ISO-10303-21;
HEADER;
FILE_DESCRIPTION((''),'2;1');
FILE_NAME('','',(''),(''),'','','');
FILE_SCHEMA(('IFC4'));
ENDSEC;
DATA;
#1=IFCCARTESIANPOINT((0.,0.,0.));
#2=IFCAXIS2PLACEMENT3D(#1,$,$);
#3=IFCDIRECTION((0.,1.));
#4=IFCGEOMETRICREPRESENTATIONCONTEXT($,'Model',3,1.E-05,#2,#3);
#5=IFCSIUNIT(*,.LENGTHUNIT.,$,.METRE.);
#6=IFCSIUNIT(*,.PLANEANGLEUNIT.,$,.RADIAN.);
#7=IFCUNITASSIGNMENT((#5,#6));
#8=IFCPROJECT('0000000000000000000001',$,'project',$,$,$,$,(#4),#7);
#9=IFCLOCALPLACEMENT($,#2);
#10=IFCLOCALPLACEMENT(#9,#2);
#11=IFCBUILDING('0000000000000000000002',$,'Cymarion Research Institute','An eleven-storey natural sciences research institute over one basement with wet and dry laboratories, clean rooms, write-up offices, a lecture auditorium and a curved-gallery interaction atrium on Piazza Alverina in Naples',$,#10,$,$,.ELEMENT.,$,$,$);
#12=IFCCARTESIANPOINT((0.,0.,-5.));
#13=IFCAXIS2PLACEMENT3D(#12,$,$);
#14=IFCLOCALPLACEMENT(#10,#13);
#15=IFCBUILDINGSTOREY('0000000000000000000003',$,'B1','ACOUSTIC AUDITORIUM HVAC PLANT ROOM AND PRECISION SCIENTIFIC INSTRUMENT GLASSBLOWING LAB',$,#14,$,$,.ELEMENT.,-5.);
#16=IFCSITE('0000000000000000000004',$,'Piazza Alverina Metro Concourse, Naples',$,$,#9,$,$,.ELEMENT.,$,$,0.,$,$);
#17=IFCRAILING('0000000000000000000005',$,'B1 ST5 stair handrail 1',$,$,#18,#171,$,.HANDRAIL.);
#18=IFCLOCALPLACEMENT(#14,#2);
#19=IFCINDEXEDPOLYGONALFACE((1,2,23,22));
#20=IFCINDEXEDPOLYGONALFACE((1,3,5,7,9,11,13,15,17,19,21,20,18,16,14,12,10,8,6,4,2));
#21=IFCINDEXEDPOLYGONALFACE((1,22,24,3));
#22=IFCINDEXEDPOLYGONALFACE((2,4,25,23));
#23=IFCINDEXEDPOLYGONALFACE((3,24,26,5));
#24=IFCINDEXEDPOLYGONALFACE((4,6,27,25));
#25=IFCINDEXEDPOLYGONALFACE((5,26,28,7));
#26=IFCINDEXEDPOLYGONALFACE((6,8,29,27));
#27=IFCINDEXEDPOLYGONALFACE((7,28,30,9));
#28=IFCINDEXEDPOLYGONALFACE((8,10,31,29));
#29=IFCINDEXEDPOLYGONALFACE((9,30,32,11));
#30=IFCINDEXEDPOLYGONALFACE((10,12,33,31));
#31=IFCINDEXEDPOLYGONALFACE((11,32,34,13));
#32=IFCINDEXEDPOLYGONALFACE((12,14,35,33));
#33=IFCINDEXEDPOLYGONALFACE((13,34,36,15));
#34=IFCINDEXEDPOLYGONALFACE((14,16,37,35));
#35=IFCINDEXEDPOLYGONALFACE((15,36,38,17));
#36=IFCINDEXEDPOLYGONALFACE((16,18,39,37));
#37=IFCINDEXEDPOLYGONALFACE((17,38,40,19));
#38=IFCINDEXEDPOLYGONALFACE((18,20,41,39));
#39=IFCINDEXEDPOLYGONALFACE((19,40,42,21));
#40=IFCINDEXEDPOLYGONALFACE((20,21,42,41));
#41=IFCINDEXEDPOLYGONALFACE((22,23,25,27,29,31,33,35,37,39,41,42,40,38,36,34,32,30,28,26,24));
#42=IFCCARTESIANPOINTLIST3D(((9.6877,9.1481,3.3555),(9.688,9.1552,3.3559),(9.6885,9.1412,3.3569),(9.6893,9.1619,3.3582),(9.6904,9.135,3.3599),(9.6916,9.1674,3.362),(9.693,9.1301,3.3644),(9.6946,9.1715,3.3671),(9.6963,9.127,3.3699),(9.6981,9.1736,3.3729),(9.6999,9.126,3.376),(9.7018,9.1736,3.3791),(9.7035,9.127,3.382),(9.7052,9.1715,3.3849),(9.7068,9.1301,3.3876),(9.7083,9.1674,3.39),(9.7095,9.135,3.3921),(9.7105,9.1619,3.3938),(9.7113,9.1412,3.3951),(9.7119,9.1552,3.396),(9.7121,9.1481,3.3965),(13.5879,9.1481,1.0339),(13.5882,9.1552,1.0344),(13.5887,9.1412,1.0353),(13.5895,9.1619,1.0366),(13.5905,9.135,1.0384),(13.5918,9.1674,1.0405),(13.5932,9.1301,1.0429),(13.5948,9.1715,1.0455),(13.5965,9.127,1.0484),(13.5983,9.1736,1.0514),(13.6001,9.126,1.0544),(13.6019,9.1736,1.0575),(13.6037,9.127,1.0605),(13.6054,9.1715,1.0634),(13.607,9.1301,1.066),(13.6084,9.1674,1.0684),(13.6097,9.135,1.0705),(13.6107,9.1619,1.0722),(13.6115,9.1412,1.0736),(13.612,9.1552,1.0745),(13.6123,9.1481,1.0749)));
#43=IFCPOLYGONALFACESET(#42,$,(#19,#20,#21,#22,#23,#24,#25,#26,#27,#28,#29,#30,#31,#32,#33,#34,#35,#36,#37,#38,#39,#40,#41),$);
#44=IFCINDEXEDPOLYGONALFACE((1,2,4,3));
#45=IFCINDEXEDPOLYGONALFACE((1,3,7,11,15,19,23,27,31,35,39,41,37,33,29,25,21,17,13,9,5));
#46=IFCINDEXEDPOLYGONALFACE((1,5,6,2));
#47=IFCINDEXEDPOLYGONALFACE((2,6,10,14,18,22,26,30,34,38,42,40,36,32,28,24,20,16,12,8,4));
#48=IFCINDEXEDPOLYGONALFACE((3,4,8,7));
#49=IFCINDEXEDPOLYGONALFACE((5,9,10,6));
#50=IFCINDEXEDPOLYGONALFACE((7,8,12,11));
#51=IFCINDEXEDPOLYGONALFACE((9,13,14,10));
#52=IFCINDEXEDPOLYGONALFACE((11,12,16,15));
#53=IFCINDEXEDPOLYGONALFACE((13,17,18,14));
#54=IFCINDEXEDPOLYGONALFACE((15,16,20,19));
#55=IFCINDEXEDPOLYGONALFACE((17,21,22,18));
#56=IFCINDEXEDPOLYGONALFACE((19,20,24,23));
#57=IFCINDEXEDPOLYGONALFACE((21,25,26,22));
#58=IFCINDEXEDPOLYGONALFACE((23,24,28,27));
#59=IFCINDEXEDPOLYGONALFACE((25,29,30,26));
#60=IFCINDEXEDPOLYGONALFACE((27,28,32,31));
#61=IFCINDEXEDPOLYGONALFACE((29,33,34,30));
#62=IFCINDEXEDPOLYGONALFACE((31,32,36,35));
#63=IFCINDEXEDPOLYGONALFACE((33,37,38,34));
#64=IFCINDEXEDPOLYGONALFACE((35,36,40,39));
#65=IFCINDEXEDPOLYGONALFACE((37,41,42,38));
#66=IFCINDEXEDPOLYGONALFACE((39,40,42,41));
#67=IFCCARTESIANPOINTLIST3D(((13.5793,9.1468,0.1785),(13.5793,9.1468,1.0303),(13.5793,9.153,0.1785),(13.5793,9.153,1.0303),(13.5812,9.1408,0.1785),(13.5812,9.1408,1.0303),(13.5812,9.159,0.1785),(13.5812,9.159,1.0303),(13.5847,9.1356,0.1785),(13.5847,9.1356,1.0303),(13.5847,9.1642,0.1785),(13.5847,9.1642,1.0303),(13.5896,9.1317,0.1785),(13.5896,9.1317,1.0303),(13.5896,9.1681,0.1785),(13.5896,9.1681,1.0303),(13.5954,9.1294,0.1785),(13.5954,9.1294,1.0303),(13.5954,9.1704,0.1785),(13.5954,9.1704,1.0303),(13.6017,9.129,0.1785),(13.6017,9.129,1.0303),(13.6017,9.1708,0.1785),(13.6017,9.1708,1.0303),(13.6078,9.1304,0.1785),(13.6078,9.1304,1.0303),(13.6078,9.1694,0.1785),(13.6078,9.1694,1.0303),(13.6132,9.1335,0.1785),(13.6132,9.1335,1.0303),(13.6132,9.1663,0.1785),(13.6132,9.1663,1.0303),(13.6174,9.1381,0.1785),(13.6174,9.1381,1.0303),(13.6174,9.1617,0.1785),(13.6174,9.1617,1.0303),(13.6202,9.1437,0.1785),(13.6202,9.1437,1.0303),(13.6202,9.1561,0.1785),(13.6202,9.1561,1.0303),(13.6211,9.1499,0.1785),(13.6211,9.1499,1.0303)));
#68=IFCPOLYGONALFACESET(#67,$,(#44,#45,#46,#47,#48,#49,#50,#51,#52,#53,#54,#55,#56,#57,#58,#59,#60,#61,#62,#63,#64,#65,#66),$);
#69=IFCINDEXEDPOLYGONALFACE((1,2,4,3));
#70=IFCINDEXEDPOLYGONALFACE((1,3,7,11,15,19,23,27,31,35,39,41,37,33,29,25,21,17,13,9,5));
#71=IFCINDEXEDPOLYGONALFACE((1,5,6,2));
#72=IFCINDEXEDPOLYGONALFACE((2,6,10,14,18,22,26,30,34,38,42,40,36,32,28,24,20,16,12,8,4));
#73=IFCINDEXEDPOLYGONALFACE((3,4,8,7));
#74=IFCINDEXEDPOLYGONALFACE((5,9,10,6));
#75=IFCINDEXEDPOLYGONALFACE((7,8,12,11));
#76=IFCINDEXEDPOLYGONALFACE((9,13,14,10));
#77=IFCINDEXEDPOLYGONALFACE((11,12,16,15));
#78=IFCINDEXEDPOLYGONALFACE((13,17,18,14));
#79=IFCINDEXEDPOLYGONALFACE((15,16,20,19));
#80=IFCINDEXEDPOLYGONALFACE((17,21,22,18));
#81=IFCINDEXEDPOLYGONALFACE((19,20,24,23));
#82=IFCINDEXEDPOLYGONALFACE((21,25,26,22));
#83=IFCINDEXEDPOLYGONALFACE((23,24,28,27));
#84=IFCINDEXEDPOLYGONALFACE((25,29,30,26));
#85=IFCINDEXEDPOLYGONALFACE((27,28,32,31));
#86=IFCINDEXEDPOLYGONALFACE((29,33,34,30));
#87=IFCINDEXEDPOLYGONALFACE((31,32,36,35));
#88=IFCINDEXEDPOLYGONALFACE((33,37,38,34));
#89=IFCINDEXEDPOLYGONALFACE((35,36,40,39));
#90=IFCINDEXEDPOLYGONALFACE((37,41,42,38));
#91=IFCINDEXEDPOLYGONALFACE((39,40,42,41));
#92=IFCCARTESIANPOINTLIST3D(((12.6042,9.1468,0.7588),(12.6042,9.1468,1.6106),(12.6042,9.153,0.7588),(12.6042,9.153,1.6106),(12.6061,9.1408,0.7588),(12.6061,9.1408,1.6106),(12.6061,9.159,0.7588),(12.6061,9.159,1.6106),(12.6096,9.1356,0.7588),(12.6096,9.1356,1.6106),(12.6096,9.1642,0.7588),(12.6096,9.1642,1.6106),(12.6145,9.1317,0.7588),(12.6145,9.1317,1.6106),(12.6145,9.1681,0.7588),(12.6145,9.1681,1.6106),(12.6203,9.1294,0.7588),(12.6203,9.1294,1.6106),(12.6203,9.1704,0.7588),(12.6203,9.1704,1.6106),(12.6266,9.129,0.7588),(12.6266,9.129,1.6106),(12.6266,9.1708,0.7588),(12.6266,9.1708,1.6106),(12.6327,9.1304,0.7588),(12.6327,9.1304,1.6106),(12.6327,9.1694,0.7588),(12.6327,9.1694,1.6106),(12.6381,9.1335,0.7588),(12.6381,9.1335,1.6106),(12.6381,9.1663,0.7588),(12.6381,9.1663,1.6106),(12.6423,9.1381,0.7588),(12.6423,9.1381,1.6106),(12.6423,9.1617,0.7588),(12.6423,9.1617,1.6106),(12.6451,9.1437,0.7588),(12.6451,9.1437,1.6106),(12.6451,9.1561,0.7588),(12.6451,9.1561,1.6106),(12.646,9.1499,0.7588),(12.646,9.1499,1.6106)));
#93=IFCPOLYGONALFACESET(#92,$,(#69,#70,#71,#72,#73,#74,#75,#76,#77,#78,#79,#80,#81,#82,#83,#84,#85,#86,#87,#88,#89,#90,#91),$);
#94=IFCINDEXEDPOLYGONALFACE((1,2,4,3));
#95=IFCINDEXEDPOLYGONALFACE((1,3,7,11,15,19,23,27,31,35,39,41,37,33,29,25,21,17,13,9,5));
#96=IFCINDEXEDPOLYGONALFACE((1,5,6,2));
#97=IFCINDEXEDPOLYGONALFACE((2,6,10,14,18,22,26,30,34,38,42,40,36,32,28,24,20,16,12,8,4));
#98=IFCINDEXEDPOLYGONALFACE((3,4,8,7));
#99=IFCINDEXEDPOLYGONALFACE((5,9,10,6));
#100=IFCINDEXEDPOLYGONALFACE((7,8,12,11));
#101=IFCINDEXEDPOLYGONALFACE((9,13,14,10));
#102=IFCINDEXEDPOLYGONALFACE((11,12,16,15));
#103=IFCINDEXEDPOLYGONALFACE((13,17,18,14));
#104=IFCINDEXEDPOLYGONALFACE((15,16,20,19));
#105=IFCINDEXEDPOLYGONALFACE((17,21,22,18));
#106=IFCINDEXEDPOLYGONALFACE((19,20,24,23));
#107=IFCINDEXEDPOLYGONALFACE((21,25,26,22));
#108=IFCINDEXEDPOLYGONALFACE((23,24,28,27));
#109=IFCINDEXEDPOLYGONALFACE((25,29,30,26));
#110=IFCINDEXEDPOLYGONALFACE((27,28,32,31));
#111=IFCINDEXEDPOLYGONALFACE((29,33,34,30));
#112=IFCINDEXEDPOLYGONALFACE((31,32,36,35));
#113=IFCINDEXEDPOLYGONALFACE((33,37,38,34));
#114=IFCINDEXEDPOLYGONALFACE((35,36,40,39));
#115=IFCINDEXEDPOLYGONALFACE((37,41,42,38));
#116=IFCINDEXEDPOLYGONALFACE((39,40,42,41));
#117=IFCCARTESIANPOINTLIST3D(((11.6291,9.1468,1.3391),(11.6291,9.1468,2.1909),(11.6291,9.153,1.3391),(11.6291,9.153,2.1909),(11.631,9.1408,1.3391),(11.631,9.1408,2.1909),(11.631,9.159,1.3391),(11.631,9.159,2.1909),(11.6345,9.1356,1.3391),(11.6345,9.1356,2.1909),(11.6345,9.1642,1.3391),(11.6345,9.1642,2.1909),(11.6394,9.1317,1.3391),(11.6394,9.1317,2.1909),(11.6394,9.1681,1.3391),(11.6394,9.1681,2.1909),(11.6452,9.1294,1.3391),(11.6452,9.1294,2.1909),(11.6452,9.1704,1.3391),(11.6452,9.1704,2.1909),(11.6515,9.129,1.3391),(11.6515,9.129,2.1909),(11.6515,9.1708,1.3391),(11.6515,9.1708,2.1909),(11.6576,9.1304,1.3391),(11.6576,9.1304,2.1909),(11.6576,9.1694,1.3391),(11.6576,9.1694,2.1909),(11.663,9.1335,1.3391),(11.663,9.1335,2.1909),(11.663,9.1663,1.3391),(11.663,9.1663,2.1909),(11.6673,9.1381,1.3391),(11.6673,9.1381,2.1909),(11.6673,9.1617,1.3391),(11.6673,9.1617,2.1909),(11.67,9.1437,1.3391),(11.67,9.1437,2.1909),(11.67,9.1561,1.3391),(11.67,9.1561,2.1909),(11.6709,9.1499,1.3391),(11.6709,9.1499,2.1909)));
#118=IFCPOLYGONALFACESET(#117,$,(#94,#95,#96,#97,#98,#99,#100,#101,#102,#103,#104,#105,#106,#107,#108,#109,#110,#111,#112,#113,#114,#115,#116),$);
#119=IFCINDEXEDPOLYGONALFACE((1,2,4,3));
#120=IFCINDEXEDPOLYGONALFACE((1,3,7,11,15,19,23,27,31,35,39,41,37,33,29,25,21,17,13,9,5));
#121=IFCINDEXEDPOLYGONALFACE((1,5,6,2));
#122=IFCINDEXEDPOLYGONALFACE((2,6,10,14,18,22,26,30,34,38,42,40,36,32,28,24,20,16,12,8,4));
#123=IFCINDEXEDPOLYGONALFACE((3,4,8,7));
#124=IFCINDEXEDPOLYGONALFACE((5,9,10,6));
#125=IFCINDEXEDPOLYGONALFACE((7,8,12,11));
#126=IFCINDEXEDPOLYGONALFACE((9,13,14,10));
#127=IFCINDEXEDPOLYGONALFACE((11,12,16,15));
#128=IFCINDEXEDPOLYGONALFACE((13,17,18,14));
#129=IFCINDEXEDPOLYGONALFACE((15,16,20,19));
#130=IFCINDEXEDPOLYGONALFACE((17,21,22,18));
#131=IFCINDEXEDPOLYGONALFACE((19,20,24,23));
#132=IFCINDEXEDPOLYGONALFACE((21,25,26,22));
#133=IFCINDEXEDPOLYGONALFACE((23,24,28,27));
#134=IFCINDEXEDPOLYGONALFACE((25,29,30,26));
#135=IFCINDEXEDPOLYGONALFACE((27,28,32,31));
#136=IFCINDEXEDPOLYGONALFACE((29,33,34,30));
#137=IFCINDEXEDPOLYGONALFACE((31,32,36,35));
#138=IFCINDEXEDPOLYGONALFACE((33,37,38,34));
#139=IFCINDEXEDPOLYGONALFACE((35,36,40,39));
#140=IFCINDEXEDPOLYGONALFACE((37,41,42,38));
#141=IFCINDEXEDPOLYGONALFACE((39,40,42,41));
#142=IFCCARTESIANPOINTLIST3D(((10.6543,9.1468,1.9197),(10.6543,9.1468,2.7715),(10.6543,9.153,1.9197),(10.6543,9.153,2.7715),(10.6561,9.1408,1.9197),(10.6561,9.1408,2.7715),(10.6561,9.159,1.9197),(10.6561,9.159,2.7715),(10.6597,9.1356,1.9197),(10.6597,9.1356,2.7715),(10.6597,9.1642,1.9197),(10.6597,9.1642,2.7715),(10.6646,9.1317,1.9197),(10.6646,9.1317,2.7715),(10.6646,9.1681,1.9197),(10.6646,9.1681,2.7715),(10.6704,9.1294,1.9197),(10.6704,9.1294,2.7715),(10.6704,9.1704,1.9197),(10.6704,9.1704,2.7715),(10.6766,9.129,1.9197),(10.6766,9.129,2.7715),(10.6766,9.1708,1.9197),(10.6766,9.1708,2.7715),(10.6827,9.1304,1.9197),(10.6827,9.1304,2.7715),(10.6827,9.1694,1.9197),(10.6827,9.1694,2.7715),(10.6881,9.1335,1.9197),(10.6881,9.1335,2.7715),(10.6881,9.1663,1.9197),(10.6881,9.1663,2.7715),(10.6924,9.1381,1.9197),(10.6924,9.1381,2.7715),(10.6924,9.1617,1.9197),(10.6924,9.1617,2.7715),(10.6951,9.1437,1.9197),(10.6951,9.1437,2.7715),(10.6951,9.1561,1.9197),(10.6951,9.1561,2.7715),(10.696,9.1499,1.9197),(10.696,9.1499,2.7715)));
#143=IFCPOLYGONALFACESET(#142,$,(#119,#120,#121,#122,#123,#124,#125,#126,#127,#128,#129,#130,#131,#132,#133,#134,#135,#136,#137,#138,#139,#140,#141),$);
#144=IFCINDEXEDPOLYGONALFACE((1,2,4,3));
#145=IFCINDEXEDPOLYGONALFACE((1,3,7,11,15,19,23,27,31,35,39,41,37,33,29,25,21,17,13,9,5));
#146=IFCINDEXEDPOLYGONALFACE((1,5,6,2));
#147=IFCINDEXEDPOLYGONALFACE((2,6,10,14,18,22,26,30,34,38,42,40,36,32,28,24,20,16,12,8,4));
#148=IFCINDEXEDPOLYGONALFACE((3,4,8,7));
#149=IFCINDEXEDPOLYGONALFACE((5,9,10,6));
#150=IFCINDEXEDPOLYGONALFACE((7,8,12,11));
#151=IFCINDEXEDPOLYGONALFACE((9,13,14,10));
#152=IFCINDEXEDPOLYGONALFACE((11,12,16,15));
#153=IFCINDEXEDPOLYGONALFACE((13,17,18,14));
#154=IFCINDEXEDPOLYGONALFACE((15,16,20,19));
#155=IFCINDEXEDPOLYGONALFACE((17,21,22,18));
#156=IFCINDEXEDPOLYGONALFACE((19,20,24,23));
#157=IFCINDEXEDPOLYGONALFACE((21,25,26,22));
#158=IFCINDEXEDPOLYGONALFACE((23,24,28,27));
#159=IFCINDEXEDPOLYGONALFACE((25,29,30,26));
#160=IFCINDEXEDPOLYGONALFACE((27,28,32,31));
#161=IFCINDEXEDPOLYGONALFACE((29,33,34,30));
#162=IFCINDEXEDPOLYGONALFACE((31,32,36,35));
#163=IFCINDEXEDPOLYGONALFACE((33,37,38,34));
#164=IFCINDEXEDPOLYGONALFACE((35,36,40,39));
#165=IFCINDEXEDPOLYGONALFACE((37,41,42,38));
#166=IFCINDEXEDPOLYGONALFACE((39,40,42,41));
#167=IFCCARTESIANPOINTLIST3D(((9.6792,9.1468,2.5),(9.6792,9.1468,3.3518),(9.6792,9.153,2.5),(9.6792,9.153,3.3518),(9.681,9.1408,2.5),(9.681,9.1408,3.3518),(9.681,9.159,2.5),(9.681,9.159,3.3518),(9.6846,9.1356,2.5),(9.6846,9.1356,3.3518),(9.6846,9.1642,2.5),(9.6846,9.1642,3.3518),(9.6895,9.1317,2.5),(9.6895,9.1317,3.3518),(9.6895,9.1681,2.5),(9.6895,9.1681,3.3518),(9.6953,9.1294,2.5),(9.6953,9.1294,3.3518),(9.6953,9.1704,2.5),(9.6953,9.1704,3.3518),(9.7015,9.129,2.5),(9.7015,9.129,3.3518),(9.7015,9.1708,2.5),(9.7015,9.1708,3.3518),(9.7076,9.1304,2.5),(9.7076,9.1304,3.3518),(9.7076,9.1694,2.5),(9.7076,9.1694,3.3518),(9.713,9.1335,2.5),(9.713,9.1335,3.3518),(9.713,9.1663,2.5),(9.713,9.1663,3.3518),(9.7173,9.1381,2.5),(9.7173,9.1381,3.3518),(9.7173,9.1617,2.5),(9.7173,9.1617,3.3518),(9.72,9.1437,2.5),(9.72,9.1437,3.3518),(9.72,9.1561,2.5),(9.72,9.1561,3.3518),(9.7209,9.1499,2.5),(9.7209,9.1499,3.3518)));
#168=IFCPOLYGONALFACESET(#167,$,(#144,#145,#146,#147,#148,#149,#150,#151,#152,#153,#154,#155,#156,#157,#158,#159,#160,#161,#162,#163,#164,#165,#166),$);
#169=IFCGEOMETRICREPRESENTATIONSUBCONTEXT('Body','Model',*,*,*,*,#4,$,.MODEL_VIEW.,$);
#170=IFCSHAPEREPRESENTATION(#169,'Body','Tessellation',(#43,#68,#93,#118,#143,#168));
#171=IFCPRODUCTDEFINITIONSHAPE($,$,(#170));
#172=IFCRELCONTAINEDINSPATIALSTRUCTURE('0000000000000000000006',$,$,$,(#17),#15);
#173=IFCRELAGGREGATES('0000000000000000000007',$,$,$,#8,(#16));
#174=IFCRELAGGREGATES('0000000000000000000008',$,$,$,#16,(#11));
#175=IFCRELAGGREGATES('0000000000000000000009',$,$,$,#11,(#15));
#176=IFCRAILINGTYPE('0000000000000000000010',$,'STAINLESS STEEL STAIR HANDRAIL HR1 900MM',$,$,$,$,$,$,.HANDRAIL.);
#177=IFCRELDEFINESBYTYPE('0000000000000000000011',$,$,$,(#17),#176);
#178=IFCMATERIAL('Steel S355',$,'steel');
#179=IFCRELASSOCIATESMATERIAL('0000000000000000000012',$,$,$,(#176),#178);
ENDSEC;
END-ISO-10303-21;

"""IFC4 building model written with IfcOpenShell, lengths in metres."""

from ifc_helpers import new_model, si_unit, direction, frame, origin, origin_2d, place, context, subcontext, project, spatial, circle, extrude, material, type_object, element, save


model = new_model("IFC4")

# Units and contexts
model_context = context("Model", 3, precision=1e-05, world=origin(), true_north=direction((0.0, 1.0)))
body_context = subcontext(model_context, "Body", "Model", "MODEL_VIEW")
ifc_project = project(units=[si_unit("LENGTHUNIT", "METRE"), si_unit("PLANEANGLEUNIT", "RADIAN")], contexts=[model_context])

# Site, building, storey
site_placement = place(None, origin())
site = spatial("IfcSite", under=ifc_project, at=site_placement, Name="Piazza Alverina Metro Concourse, Naples", CompositionType="ELEMENT", RefElevation=0.0)
building_placement = place(site_placement, origin())
building = spatial("IfcBuilding", under=site, at=building_placement, Name="Cymarion Research Institute", Description="An eleven-storey natural sciences research institute over one basement with wet and dry laboratories, clean rooms, write-up offices, a lecture auditorium and a curved-gallery interaction atrium on Piazza Alverina in Naples", CompositionType="ELEMENT")
storey_placement = place(building_placement, frame((0.0, 0.0, -5.0)))
storey = spatial("IfcBuildingStorey", under=building, at=storey_placement, Name="B1", Description="ACOUSTIC AUDITORIUM HVAC PLANT ROOM AND PRECISION SCIENTIFIC INSTRUMENT GLASSBLOWING LAB", CompositionType="ELEMENT", Elevation=-5.0)

# Shared definitions
ifc_material_1 = material(Name="Steel S355", Category="steel")

# Railing
railing_type_1 = type_object("IfcRailingType", Name="STAINLESS STEEL STAIR HANDRAIL HR1 900MM", PredefinedType="HANDRAIL", material=ifc_material_1)
railing_1_placement = place(storey_placement, frame((13.6001, 9.1499, 0.1785)))
element("IfcRailing", 1, at=railing_1_placement, inside=storey, type_object=railing_type_1, Name="B1 ST5 stair handrail 1", PredefinedType="HANDRAIL", context=body_context, shape_type="SweptSolid", body=[
    extrude(circle(Radius=0.0239, at=origin_2d()), frame((0.0, 0.0, 0.876), z_axis=(-0.859291, 0.0, 0.511487), x_axis=(0.0, -1.0, 0.0)), (0.0, 0.0, 1.0), 4.5388),
    extrude(circle(Radius=0.021, at=origin_2d()), origin(), (0.0, 0.0, 1.0), 0.8518),
    extrude(circle(Radius=0.021, at=origin_2d()), frame((-0.9751, 0.0, 0.5803)), (0.0, 0.0, 1.0), 0.8518),
    extrude(circle(Radius=0.021, at=origin_2d()), frame((-1.9502, 0.0, 1.1606)), (0.0, 0.0, 1.0), 0.8518),
    extrude(circle(Radius=0.021, at=origin_2d()), frame((-2.925, 0.0, 1.7412)), (0.0, 0.0, 1.0), 0.8518),
    extrude(circle(Radius=0.021, at=origin_2d()), frame((-3.9001, 0.0, 2.3215)), (0.0, 0.0, 1.0), 0.8518),
])

save(model, "model.ifc")
